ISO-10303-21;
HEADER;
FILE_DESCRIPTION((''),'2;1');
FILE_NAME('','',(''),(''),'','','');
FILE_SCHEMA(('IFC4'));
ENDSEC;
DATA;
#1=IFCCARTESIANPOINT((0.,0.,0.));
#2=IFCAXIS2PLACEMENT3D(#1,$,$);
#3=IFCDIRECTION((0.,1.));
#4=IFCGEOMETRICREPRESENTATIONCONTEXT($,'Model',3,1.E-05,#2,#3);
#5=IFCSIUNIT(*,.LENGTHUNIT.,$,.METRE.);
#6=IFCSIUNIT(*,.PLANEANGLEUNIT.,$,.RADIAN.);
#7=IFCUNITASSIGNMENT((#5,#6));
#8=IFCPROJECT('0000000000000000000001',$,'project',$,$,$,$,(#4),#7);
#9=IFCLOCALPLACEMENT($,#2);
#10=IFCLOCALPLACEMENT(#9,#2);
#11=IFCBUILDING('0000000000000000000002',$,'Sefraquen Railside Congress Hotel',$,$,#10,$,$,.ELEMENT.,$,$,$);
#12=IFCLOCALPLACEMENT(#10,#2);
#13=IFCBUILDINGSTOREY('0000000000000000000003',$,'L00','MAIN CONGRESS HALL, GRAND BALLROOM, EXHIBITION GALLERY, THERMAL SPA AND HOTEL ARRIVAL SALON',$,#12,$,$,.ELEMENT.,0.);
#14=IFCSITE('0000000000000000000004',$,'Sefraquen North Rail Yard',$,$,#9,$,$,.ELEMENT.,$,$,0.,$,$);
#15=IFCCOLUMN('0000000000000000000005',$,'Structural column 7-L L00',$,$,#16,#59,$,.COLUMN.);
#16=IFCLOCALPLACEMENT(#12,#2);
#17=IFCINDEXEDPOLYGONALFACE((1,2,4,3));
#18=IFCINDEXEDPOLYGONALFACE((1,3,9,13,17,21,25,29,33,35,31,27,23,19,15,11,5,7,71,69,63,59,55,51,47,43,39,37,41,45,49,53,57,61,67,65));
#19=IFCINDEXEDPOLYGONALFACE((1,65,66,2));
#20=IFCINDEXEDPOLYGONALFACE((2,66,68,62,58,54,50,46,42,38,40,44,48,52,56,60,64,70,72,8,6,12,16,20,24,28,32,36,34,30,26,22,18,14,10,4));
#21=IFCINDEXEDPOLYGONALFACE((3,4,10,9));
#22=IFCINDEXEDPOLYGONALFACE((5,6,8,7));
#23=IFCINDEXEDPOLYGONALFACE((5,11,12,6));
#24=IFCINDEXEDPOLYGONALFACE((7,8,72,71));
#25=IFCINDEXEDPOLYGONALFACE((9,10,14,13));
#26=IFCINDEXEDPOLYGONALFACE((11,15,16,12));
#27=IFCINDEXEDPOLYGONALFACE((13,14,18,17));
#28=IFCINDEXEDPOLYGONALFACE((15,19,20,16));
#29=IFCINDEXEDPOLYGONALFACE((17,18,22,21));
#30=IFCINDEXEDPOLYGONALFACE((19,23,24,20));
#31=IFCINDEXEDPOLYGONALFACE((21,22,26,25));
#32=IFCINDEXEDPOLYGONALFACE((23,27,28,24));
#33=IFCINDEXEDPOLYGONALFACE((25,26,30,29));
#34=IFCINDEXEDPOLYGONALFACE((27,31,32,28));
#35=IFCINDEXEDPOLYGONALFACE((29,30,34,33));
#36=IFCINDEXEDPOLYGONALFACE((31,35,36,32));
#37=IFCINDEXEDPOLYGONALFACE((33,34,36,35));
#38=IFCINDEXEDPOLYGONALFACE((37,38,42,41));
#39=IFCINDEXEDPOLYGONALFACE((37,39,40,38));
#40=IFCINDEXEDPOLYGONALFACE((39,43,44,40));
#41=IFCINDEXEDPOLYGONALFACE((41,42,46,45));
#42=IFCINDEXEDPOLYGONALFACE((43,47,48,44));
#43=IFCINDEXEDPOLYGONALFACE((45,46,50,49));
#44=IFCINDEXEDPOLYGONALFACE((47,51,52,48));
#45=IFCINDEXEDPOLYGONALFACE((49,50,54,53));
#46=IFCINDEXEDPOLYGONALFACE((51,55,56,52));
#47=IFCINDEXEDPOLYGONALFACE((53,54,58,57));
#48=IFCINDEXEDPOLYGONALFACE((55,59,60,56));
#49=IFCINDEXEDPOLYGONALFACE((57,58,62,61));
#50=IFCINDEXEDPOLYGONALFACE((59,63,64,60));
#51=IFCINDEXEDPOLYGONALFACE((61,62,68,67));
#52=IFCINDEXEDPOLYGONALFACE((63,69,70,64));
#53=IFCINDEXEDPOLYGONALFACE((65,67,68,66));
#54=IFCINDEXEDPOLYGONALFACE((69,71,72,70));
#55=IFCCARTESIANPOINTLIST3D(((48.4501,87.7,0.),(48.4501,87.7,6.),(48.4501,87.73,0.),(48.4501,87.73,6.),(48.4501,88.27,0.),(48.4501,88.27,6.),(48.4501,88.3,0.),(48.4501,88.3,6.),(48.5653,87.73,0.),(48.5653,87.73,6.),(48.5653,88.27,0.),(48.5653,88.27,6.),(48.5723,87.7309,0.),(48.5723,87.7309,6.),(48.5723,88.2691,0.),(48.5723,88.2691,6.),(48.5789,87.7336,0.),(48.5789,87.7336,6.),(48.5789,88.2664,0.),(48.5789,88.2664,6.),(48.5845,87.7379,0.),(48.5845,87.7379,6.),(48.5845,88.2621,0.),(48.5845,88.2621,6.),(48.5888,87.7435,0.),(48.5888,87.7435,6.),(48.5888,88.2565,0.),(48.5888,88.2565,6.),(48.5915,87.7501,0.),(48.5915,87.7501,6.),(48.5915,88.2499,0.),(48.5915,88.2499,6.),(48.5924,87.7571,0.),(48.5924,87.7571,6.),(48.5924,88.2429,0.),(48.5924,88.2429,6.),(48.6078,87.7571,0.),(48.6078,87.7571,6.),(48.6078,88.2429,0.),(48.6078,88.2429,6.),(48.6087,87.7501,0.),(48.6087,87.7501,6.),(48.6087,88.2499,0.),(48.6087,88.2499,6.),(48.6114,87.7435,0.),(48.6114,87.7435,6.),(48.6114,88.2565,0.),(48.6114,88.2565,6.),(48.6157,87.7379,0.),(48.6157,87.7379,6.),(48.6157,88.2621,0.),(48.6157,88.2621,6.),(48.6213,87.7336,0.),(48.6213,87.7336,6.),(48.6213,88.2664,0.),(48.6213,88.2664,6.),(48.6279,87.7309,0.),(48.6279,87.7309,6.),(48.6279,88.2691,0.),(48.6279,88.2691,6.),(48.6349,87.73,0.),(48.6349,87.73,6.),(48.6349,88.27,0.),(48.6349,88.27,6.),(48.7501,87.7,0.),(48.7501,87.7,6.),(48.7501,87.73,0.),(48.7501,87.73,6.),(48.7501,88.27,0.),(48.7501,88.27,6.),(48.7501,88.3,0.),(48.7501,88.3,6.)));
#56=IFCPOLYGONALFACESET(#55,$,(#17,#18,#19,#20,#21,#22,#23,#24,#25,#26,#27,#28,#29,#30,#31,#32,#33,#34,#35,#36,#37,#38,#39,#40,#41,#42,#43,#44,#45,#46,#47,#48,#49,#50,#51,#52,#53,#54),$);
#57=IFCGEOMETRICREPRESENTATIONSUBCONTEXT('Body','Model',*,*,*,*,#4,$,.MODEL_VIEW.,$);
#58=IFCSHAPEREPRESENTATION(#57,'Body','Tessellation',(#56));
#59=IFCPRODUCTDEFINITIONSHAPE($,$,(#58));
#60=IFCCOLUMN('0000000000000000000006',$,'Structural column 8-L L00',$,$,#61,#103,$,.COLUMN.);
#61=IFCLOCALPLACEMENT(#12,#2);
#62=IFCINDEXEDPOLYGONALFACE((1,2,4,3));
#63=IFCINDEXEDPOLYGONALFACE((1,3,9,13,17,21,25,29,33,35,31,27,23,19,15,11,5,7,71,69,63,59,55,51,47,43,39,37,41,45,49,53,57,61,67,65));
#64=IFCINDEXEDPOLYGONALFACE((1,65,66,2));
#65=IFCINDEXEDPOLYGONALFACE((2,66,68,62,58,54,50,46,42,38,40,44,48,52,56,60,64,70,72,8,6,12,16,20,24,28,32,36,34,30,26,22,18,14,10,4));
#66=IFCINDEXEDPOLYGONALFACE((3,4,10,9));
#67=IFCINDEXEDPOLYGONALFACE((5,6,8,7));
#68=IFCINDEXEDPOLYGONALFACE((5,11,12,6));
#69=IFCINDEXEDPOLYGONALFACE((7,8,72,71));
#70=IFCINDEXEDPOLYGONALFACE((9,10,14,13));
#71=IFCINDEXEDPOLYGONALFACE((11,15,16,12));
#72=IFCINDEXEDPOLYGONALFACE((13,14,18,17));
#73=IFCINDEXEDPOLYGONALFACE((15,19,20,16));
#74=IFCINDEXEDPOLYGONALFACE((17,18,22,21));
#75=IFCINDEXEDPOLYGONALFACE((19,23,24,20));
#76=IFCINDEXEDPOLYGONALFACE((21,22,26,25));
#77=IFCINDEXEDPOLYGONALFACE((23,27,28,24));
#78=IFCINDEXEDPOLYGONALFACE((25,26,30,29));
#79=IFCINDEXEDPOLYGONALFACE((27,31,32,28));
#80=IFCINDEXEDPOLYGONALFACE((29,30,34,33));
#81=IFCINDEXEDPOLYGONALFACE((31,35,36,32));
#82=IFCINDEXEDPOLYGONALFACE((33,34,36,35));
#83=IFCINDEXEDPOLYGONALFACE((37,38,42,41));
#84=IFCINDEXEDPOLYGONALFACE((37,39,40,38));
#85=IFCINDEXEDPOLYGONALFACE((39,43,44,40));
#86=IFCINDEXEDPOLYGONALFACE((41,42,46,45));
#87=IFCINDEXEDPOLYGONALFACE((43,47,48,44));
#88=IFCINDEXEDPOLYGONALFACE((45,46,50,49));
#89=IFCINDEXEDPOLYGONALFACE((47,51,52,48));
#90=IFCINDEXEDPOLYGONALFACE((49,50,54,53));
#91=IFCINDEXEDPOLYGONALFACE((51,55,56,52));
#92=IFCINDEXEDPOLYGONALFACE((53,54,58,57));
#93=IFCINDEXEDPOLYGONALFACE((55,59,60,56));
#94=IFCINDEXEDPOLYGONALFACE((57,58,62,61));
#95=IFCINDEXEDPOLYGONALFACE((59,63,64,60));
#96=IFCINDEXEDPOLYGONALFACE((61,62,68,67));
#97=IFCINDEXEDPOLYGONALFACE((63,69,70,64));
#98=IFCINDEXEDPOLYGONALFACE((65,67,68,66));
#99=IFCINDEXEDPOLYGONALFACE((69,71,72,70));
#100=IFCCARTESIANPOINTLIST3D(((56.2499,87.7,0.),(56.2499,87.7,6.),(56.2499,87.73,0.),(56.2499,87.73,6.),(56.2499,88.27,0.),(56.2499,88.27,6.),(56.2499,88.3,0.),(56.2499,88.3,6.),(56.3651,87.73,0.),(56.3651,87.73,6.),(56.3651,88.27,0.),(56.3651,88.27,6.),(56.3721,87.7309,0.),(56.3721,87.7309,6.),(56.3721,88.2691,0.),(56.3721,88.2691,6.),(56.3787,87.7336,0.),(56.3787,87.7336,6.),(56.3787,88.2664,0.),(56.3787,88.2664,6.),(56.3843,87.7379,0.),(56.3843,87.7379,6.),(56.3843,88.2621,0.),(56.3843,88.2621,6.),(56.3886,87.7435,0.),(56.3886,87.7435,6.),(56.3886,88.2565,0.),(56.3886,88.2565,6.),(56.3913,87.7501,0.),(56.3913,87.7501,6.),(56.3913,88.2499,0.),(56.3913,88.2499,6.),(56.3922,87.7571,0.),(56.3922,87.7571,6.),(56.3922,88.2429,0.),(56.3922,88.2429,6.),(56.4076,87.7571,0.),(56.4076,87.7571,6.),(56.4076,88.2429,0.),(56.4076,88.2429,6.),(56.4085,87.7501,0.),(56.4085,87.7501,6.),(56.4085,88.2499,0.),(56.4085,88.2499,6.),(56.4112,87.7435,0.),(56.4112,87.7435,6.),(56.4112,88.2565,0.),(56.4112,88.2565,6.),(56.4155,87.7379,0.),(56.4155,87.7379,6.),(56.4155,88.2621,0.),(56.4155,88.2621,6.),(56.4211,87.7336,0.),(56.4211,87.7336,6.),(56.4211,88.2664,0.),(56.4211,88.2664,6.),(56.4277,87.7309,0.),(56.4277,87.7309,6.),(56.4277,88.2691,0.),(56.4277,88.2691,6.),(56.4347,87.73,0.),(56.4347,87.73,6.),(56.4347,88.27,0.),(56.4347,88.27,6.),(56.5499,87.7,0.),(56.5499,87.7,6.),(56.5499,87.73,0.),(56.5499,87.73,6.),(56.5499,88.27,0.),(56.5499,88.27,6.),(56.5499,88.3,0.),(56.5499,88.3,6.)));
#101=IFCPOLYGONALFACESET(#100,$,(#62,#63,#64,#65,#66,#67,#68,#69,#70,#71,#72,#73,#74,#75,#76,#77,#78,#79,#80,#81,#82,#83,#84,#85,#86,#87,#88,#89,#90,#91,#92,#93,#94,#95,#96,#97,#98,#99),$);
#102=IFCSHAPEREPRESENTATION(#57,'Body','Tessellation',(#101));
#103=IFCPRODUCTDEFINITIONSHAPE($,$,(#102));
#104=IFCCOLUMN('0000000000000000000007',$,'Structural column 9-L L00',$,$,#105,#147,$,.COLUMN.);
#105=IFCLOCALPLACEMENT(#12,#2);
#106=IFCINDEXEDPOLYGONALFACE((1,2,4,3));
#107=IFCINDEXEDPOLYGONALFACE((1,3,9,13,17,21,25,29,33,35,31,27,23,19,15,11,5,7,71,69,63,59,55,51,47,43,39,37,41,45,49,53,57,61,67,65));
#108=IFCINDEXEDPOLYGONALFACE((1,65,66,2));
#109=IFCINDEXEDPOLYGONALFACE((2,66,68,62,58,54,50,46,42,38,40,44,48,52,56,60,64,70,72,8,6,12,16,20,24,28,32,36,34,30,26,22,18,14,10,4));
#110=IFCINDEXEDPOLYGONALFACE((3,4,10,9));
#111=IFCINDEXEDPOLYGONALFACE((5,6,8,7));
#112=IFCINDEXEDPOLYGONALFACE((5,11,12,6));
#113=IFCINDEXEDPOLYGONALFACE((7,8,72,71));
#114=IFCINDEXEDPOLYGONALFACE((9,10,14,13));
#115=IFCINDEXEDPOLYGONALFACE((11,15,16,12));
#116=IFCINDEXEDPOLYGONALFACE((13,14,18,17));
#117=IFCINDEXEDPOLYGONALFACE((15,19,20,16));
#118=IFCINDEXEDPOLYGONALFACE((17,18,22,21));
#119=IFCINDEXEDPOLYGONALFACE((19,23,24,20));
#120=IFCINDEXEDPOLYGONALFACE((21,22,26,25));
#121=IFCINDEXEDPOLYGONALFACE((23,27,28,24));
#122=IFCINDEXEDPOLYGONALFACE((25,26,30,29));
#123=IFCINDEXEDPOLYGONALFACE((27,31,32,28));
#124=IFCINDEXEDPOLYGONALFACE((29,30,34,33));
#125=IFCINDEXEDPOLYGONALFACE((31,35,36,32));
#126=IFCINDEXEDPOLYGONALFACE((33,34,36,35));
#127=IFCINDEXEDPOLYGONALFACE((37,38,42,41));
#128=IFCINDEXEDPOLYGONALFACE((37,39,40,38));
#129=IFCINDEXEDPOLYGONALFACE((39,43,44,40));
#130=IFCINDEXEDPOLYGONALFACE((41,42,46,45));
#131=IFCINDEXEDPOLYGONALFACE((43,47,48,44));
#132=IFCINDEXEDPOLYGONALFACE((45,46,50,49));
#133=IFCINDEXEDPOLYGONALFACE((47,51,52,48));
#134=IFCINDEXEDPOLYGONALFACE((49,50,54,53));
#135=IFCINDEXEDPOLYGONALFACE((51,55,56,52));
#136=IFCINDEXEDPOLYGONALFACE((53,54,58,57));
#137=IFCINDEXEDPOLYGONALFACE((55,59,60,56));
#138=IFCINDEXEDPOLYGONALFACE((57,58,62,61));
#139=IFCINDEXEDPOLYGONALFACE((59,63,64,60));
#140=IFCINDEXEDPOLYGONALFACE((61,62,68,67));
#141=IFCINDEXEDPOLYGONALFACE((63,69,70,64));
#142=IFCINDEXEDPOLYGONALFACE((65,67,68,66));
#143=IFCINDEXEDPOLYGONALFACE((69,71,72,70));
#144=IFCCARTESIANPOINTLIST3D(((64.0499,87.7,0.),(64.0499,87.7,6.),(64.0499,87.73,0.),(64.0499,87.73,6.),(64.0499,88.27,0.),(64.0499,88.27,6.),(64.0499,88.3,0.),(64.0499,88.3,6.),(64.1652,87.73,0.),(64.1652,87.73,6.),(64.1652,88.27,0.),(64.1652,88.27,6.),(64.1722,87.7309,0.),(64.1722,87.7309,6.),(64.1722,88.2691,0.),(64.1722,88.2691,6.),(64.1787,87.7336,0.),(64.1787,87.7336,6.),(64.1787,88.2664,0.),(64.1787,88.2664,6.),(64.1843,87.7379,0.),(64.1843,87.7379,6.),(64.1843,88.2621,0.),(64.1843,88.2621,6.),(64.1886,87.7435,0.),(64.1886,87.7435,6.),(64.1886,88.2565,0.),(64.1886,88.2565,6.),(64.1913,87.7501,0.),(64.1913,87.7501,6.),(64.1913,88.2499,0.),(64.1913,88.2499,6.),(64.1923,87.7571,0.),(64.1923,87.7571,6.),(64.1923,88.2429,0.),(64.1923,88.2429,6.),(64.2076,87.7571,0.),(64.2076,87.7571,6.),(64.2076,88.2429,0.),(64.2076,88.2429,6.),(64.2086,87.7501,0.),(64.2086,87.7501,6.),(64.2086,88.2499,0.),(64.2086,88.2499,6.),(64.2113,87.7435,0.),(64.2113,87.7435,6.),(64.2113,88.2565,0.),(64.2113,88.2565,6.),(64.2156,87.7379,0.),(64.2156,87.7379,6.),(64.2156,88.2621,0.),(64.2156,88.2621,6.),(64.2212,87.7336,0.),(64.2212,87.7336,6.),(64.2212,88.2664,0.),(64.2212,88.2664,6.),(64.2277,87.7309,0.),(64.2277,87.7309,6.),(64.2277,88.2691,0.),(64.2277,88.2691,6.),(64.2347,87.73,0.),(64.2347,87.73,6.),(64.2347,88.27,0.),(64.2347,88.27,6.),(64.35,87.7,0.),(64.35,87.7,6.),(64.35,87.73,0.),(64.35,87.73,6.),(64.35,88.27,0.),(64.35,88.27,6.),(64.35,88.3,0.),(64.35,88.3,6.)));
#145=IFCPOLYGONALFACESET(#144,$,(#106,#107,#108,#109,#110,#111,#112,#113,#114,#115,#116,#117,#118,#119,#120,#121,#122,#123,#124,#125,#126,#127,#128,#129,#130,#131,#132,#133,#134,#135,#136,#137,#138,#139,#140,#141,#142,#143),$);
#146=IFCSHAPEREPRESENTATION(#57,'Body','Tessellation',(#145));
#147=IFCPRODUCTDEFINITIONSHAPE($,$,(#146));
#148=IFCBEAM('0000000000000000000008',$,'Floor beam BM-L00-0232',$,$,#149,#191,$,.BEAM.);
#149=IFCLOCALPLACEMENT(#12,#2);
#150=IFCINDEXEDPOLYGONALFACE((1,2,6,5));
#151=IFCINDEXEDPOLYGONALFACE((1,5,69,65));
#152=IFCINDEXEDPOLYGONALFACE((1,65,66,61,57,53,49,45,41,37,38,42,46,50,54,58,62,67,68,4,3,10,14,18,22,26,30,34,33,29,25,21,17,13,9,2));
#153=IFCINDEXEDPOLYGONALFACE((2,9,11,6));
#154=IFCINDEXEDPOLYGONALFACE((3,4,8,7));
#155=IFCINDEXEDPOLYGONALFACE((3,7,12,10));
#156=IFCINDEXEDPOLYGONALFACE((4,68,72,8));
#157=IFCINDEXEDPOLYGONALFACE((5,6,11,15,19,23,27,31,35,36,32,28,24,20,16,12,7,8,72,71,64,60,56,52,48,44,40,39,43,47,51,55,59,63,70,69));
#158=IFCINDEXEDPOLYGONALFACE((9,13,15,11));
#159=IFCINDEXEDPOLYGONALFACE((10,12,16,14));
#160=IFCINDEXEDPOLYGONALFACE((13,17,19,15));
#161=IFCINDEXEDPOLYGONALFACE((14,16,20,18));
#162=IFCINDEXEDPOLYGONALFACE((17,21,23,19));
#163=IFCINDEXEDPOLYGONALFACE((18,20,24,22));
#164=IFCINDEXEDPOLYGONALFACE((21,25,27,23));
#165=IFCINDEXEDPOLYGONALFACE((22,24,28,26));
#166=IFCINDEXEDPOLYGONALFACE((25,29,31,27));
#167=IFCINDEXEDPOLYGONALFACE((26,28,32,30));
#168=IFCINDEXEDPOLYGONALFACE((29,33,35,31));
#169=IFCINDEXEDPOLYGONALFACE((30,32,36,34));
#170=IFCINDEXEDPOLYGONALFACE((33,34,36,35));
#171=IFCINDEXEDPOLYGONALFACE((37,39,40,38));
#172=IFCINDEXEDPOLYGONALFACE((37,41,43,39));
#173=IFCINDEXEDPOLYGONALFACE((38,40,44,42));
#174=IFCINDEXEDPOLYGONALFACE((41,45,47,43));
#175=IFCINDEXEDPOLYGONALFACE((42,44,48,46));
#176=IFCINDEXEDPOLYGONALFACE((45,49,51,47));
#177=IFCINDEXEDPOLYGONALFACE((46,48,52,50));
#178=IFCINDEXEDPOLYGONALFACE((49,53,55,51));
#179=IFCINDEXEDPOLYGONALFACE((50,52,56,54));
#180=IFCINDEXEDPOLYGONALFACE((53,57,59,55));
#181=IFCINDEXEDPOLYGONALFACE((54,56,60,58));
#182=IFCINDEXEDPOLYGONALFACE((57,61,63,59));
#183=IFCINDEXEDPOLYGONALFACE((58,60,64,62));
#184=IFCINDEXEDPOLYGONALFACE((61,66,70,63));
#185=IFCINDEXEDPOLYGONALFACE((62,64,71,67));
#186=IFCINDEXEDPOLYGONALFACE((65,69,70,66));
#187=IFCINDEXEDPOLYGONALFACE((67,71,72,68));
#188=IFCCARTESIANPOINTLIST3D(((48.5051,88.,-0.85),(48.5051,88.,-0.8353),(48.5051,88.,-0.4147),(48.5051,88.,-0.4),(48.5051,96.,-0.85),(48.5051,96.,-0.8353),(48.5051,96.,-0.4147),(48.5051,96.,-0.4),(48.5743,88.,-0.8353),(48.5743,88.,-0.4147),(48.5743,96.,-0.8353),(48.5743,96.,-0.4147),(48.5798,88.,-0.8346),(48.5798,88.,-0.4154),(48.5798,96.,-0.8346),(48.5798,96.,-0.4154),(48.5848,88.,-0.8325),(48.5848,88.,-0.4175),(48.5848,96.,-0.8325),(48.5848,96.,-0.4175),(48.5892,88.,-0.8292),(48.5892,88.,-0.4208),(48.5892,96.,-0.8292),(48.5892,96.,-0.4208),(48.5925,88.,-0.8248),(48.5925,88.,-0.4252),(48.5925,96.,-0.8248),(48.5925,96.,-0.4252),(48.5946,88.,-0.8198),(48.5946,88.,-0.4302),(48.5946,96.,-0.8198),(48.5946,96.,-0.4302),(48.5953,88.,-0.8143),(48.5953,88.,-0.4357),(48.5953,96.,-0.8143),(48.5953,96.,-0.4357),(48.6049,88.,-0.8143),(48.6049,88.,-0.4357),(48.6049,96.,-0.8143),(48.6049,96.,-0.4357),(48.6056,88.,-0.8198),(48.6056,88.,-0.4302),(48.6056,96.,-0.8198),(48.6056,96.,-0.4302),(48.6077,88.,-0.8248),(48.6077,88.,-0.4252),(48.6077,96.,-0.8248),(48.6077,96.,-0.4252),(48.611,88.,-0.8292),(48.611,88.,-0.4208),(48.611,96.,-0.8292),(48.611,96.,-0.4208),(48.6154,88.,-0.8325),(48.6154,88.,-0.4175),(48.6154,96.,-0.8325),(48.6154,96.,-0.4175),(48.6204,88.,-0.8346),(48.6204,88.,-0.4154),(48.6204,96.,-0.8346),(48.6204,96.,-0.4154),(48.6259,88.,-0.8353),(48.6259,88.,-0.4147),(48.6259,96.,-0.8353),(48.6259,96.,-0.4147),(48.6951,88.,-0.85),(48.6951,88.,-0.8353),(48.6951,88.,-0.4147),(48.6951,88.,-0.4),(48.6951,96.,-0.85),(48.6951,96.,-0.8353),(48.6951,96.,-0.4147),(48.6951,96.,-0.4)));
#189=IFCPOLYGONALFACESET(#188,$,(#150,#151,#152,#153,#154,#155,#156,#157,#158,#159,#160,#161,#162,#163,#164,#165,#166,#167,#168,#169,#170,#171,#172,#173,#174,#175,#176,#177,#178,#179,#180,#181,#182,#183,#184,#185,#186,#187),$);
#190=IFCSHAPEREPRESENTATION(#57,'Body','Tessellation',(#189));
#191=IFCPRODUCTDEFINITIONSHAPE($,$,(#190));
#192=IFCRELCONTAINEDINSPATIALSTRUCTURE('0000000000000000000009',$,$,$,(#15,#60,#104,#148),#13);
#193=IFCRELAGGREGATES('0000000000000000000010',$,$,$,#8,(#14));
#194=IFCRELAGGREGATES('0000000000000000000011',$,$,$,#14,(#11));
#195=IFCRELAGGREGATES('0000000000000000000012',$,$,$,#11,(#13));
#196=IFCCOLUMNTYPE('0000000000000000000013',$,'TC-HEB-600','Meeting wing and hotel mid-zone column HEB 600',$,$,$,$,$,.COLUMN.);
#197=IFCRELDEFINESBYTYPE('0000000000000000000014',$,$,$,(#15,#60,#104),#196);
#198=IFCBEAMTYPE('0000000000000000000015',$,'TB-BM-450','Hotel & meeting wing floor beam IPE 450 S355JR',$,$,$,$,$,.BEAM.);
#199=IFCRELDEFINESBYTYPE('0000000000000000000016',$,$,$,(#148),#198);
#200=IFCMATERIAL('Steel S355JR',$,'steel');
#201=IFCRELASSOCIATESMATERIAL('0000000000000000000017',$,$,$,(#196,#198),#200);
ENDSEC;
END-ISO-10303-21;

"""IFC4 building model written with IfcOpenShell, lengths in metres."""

from ifc_helpers import new_model, si_unit, direction, frame, origin, origin_2d, place, context, subcontext, project, spatial, i_section, extrude, material, material_profile, profile_set, type_object, element, save


model = new_model("IFC4")

# Units and contexts
model_context = context("Model", 3, precision=1e-05, world=origin(), true_north=direction((0.0, 1.0)))
body_context = subcontext(model_context, "Body", "Model", "MODEL_VIEW")
ifc_project = project(units=[si_unit("LENGTHUNIT", "METRE"), si_unit("PLANEANGLEUNIT", "RADIAN")], contexts=[model_context])

# Site, building, storey
site_placement = place(None, origin())
site = spatial("IfcSite", under=ifc_project, at=site_placement, Name="Sefraquen North Rail Yard", CompositionType="ELEMENT", RefElevation=0.0)
building_placement = place(site_placement, origin())
building = spatial("IfcBuilding", under=site, at=building_placement, Name="Sefraquen Railside Congress Hotel", CompositionType="ELEMENT")
storey_placement = place(building_placement, origin())
storey = spatial("IfcBuildingStorey", under=building, at=storey_placement, Name="L00", Description="MAIN CONGRESS HALL, GRAND BALLROOM, EXHIBITION GALLERY, THERMAL SPA AND HOTEL ARRIVAL SALON", CompositionType="ELEMENT", Elevation=0.0)

# Columns
ifc_material_1 = material(Name="Steel S355JR", Category="steel")
ifc_material_profile_1 = material_profile(ifc_material_1, i_section(OverallWidth=0.3, OverallDepth=0.6001, WebThickness=0.0154, FlangeThickness=0.03, FilletRadius=0.0271, at=origin_2d()), Name="HEB 600")
ifc_profile_set_1 = profile_set([ifc_material_profile_1], Name="Steel S355JR")
column_type = type_object("IfcColumnType", Name="TC-HEB-600", Description="Meeting wing and hotel mid-zone column HEB 600", PredefinedType="COLUMN", material=ifc_profile_set_1)
for number, where, z_axis, x_axis, name in (
    (1, (48.6001, 88.0, 0.0), (0.0, 0.0, 1.0), (1.0, 0.0, 0.0), "Structural column 7-L L00"),
    (2, (56.3999, 88.0, 0.0), (0.0, 0.0, 1.0), (1.0, 0.0, 0.0), "Structural column 8-L L00"),
    (3, (64.2, 88.0, 0.0), (0.0, 0.0, 1.0), (1.0, 0.0, 0.0), "Structural column 9-L L00"),
):
    element("IfcColumn", number, at=place(storey_placement, frame(where, z_axis=z_axis, x_axis=x_axis)), inside=storey, type_object=column_type, Name=name, PredefinedType="COLUMN", context=body_context, shape_type="SweptSolid", body=[
        extrude(i_section(OverallWidth=0.3, OverallDepth=0.6001, WebThickness=0.0154, FlangeThickness=0.03, FilletRadius=0.0271, at=origin_2d()), origin(), (0.0, 0.0, 1.0), 6.0),
    ])

# Beam
ifc_material_profile_2 = material_profile(ifc_material_1, i_section(OverallWidth=0.1899, OverallDepth=0.45, WebThickness=0.0095, FlangeThickness=0.0146, FilletRadius=0.021, at=origin_2d()), Name="IPE 450")
ifc_profile_set_2 = profile_set([ifc_material_profile_2], Name="Steel S355JR")
beam_type_1 = type_object("IfcBeamType", Name="TB-BM-450", Description="Hotel & meeting wing floor beam IPE 450 S355JR", PredefinedType="BEAM", material=ifc_profile_set_2)
for number, where, z_axis, x_axis, name in (
    (4, (48.6001, 88.0, -0.625), (0.0, 1.0, 0.0), (-1.0, 0.0, 0.0), "Floor beam BM-L00-0232"),
):
    element("IfcBeam", number, at=place(storey_placement, frame(where, z_axis=z_axis, x_axis=x_axis)), inside=storey, type_object=beam_type_1, Name=name, PredefinedType="BEAM", context=body_context, shape_type="SweptSolid", body=[
        extrude(i_section(OverallWidth=0.1899, OverallDepth=0.45, WebThickness=0.0095, FlangeThickness=0.0146, FilletRadius=0.021, at=origin_2d()), origin(), (0.0, 0.0, 1.0), 8.0),
    ])

save(model, "model.ifc")
